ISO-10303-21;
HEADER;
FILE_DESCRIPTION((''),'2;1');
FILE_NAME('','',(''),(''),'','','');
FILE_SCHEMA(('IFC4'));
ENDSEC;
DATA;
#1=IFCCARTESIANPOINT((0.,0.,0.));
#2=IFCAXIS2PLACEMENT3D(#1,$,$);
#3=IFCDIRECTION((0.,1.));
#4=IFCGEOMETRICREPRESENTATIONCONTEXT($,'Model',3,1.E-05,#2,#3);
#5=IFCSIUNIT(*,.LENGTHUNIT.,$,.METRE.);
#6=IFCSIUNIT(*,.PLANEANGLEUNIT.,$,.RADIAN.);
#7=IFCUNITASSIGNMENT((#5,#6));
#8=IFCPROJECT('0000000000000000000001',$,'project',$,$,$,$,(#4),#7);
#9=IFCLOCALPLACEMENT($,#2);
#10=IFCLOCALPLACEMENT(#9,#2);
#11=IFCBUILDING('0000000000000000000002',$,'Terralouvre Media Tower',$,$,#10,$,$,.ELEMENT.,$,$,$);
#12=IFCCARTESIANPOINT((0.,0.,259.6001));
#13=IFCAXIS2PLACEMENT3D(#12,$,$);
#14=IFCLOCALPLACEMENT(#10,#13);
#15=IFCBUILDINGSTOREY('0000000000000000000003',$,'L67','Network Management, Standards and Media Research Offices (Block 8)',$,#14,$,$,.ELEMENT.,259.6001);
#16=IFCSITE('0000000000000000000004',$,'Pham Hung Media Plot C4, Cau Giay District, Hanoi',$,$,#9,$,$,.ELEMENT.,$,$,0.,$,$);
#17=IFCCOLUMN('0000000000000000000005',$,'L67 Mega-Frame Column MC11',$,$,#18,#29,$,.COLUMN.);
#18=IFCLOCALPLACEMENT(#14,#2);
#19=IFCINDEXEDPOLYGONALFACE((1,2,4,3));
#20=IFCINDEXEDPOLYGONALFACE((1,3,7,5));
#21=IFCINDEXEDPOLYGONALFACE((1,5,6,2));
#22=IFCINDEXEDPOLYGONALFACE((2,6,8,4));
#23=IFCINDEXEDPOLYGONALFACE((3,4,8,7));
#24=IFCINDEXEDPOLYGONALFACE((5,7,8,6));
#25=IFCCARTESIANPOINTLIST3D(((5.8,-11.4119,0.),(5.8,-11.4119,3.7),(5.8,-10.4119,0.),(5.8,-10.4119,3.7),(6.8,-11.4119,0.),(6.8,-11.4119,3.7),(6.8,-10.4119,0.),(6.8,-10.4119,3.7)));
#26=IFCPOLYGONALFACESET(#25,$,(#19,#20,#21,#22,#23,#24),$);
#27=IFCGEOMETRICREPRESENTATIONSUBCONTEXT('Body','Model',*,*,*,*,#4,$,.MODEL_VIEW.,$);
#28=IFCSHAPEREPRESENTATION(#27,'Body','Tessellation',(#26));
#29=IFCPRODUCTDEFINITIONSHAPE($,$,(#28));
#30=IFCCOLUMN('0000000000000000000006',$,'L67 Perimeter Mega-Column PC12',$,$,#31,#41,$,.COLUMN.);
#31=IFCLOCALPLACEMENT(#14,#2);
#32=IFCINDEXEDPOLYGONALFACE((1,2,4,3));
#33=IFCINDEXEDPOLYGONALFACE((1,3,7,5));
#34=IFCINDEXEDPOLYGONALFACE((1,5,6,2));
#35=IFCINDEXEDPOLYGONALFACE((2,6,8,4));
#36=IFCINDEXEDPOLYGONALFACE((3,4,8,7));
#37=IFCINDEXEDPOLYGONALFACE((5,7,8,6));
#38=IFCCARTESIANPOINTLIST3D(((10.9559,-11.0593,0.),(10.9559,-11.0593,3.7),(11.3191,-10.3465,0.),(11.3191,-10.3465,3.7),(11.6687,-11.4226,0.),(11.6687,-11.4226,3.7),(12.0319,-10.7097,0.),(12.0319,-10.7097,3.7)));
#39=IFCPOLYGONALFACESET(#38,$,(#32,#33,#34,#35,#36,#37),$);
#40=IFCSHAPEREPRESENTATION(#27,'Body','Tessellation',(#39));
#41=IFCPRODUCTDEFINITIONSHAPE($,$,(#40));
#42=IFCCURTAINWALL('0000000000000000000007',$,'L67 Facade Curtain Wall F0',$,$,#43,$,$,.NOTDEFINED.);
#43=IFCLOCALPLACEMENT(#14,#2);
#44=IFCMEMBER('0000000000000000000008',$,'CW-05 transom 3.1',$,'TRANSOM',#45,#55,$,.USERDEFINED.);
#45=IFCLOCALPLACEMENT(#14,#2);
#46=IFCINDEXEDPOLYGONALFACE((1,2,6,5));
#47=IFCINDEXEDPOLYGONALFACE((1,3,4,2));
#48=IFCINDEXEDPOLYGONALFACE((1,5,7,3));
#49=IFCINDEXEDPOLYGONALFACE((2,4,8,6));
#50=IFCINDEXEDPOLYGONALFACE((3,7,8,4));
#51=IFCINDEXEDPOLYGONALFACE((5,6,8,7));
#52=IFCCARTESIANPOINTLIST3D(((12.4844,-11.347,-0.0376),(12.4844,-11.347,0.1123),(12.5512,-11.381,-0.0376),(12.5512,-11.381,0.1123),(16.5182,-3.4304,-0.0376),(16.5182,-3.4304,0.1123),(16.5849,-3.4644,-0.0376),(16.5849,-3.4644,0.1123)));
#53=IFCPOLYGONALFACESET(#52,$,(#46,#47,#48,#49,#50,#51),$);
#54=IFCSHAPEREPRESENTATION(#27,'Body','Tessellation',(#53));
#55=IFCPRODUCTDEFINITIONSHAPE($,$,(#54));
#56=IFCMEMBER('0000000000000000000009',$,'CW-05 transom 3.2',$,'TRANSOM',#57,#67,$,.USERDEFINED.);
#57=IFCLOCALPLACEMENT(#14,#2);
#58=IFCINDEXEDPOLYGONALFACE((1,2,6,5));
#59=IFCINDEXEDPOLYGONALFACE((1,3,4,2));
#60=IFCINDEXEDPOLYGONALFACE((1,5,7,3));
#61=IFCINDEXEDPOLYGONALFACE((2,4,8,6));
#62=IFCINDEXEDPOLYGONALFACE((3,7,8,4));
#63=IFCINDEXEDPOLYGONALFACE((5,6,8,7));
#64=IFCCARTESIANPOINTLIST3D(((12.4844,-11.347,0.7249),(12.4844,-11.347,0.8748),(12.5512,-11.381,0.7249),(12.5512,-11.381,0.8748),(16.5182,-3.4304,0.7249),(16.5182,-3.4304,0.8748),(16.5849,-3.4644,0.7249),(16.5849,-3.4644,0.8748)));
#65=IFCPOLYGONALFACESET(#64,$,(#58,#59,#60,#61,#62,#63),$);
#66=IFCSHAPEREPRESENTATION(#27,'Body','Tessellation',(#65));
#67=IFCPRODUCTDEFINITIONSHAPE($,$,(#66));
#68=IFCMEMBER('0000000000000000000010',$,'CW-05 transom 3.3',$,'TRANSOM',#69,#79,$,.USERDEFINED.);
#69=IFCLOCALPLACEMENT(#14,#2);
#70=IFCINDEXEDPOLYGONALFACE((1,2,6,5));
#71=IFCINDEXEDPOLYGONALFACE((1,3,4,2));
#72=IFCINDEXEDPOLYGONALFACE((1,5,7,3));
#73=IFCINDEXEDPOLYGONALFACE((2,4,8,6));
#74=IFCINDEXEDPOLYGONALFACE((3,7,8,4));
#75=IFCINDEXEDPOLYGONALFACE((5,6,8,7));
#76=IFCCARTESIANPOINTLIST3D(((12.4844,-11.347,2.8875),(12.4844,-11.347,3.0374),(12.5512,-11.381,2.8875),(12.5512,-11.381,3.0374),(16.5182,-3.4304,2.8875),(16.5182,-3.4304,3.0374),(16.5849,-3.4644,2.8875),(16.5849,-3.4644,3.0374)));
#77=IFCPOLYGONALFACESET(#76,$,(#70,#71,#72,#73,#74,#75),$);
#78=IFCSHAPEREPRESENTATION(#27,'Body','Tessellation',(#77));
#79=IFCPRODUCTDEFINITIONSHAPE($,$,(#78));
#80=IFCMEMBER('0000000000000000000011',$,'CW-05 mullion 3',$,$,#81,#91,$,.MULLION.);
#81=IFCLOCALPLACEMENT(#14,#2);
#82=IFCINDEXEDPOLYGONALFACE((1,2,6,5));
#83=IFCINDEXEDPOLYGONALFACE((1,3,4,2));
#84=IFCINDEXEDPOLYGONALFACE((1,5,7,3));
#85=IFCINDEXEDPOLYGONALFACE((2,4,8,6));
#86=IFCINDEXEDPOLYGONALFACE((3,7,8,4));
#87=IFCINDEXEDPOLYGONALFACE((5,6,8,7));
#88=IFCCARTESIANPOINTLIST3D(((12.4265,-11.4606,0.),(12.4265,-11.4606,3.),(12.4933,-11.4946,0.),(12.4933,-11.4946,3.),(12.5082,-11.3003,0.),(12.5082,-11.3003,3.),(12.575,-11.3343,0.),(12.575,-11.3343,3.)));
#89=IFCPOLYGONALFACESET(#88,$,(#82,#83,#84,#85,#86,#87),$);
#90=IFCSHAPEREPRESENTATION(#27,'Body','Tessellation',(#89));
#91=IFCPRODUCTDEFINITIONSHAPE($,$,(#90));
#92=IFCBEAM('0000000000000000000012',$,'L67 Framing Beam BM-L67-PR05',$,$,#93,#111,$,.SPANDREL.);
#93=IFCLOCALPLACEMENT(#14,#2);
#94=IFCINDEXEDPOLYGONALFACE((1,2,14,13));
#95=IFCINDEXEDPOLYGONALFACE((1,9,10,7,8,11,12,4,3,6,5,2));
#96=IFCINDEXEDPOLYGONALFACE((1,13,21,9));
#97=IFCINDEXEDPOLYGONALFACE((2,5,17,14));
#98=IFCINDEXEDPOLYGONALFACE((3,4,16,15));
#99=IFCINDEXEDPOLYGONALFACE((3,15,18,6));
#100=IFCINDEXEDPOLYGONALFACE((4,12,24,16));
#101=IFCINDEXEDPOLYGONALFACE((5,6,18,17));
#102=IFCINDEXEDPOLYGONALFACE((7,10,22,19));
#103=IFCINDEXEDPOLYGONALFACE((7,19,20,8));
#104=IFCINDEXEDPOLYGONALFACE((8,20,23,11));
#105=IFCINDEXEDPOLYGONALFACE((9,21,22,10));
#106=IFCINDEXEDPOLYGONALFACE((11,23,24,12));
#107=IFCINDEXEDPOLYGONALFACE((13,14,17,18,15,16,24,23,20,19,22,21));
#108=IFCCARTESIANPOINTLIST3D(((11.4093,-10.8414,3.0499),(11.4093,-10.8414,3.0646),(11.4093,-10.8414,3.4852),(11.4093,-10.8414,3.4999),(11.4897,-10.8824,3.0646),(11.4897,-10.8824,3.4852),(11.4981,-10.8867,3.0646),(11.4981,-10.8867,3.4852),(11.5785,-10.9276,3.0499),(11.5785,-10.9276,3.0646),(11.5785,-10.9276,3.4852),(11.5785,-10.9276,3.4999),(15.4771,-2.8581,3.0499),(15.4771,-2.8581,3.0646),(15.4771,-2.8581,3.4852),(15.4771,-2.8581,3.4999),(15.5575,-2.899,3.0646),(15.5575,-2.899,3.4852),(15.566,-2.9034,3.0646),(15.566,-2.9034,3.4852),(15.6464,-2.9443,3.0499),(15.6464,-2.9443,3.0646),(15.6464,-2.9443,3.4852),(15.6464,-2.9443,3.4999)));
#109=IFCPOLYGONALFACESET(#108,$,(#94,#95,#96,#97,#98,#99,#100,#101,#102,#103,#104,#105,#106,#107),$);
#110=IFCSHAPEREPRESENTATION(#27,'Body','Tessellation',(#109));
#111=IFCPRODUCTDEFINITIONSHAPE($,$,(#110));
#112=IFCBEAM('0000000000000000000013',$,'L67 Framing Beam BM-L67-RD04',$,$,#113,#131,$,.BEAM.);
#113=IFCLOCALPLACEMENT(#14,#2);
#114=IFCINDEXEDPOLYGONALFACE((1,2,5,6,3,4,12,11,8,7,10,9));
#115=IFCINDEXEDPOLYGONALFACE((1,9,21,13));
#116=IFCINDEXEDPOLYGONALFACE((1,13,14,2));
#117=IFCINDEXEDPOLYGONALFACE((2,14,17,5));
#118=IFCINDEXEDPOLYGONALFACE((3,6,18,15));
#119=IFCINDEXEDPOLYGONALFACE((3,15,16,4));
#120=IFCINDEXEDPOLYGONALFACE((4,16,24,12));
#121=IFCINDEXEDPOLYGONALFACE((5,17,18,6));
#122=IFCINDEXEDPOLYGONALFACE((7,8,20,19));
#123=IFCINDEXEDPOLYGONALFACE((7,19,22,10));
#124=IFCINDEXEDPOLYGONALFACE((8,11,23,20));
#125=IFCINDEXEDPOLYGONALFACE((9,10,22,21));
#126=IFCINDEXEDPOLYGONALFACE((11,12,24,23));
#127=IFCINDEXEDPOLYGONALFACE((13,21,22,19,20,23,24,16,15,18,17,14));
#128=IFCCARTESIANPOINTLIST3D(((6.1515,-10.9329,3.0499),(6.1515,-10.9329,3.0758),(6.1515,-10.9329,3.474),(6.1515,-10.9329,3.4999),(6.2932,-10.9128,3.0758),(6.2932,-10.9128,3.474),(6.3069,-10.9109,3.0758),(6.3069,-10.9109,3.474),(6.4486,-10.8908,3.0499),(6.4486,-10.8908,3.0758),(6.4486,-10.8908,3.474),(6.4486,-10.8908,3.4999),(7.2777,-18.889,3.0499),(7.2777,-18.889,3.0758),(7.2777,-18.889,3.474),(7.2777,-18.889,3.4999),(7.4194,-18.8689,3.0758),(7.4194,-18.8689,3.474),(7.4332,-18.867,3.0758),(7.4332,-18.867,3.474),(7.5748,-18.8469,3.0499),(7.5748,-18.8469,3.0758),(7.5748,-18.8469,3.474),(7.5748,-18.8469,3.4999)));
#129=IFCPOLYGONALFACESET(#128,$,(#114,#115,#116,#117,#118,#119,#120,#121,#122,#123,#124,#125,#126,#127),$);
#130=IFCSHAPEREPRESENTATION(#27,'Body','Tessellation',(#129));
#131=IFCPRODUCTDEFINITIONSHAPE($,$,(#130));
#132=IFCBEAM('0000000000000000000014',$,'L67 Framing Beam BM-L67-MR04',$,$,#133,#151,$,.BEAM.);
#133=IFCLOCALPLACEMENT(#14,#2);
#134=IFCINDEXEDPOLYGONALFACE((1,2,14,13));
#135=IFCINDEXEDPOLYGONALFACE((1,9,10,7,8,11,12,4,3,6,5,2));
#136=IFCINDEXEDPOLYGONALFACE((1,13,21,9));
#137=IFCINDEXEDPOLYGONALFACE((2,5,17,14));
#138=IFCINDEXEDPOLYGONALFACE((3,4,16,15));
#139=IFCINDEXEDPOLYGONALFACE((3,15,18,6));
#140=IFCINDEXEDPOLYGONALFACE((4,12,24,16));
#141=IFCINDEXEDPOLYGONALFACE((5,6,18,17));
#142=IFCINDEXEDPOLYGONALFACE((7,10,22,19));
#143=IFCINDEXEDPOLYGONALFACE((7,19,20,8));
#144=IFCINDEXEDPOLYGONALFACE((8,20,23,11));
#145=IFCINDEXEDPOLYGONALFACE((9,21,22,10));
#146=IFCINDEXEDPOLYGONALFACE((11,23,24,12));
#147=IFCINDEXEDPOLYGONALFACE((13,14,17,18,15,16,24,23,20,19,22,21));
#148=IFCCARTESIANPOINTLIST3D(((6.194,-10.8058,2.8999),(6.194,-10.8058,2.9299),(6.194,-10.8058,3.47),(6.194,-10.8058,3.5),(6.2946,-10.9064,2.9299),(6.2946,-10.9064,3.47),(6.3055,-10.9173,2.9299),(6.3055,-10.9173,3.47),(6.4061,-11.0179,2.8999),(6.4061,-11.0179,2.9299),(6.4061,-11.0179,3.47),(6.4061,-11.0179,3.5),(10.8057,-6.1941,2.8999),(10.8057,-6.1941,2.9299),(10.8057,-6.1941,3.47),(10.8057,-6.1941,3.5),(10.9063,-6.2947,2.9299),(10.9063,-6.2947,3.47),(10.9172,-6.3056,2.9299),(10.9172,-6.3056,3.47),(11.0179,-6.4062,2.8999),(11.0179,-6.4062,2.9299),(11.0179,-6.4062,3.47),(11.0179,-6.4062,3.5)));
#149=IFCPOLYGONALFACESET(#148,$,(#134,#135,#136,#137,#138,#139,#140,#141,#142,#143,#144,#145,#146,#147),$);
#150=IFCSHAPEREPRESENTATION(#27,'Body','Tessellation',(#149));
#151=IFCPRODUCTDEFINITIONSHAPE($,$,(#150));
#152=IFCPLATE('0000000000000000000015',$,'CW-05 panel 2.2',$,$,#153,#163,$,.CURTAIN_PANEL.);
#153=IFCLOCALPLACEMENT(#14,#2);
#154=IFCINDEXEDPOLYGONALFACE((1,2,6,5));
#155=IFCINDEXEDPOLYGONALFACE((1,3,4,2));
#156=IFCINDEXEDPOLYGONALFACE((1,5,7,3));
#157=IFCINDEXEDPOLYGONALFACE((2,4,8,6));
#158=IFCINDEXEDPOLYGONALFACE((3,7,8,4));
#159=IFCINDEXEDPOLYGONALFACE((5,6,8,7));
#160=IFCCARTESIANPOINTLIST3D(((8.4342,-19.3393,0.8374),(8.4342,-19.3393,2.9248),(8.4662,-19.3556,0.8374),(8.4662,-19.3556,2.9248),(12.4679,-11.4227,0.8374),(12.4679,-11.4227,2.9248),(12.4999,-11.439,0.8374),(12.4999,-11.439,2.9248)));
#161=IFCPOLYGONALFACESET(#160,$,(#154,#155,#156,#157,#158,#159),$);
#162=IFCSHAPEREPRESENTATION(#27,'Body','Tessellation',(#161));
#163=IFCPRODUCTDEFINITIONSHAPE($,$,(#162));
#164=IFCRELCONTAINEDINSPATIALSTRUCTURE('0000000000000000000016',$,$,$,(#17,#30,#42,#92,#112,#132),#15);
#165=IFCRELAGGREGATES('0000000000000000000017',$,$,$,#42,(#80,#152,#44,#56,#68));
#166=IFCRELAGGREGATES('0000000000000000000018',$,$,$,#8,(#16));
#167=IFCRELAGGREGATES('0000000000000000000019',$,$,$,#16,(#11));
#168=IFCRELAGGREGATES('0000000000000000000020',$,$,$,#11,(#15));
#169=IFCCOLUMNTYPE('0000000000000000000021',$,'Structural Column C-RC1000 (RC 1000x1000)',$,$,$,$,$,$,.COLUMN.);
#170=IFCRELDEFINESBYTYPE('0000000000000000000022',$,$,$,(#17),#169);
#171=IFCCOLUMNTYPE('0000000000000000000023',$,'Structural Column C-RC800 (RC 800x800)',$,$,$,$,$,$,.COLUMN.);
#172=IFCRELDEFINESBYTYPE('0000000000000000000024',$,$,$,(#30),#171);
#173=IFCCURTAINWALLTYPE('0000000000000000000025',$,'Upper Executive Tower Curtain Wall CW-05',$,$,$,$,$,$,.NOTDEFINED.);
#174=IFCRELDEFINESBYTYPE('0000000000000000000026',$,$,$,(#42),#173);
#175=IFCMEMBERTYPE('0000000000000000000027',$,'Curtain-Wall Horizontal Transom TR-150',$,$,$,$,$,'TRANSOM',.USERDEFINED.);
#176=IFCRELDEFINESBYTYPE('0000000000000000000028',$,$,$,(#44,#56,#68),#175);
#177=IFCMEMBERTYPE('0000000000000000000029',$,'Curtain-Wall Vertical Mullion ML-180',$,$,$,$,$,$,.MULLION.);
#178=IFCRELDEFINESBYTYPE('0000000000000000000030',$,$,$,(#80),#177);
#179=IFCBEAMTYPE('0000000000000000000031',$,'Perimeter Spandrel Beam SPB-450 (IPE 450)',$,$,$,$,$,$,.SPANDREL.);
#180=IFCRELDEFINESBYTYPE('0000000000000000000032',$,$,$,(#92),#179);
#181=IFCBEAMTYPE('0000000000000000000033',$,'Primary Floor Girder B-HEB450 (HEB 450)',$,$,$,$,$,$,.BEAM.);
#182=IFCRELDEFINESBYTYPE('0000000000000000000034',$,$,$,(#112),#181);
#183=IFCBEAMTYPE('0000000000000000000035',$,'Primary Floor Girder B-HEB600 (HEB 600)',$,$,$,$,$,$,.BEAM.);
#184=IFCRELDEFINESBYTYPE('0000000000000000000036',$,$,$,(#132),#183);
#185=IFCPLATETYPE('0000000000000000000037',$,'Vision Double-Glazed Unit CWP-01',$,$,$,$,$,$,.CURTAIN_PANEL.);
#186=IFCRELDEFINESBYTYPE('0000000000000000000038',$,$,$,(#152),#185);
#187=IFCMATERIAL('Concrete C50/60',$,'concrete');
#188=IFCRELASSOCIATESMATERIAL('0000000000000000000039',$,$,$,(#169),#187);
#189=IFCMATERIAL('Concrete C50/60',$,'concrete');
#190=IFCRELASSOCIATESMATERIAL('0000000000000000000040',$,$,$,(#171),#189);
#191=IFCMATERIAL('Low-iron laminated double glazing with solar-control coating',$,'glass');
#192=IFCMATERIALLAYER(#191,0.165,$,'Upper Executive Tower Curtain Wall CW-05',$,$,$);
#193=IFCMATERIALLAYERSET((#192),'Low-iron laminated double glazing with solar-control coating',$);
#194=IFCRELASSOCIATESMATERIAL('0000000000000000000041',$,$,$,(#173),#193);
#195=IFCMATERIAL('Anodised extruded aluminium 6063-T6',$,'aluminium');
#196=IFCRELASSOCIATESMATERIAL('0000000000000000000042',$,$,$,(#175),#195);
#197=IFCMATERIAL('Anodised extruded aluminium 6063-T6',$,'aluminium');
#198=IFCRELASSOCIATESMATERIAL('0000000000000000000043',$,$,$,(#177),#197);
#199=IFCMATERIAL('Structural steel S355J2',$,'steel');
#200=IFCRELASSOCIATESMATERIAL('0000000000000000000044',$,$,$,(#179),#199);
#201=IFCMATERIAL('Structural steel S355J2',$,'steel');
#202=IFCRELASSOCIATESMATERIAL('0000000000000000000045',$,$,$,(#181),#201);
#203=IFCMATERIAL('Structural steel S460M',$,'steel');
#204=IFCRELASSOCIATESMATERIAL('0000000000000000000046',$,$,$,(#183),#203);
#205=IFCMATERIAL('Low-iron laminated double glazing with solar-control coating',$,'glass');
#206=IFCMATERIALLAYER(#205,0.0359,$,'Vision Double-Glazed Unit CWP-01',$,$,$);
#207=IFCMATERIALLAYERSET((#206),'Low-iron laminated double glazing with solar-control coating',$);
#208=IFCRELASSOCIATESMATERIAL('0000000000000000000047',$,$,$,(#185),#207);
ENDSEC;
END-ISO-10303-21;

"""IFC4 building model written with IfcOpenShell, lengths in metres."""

from ifc_helpers import new_model, si_unit, direction, frame, origin, origin_2d, place, context, subcontext, project, spatial, rectangle, i_section, extrude, material, layer, layer_set, material_profile, profile_set, type_object, element, aggregate, save


model = new_model("IFC4")

# Units and contexts
model_context = context("Model", 3, precision=1e-05, world=origin(), true_north=direction((0.0, 1.0)))
body_context = subcontext(model_context, "Body", "Model", "MODEL_VIEW")
ifc_project = project(units=[si_unit("LENGTHUNIT", "METRE"), si_unit("PLANEANGLEUNIT", "RADIAN")], contexts=[model_context])

# Site, building, storey
site_placement = place(None, origin())
site = spatial("IfcSite", under=ifc_project, at=site_placement, Name="Pham Hung Media Plot C4, Cau Giay District, Hanoi", CompositionType="ELEMENT", RefElevation=0.0)
building_placement = place(site_placement, origin())
building = spatial("IfcBuilding", under=site, at=building_placement, Name="Terralouvre Media Tower", CompositionType="ELEMENT")
storey_placement = place(building_placement, frame((0.0, 0.0, 259.6001)))
storey = spatial("IfcBuildingStorey", under=building, at=storey_placement, Name="L67", Description="Network Management, Standards and Media Research Offices (Block 8)", CompositionType="ELEMENT", Elevation=259.6001)

# Columns
ifc_material_1 = material(Name="Concrete C50/60", Category="concrete")
ifc_material_profile_1 = material_profile(ifc_material_1, rectangle(XDim=1.0, YDim=1.0, at=origin_2d()), Name="RC 1000x1000")
ifc_profile_set_1 = profile_set([ifc_material_profile_1], Name="Concrete C50/60")
column_type_1 = type_object("IfcColumnType", Name="Structural Column C-RC1000 (RC 1000x1000)", PredefinedType="COLUMN", material=ifc_profile_set_1)
column_1_placement = place(storey_placement, frame((6.3, -10.9119, 0.0), z_axis=(0.0, 0.0, 1.0), x_axis=(1.0, 0.0, 0.0)))
element("IfcColumn", 1, at=column_1_placement, inside=storey, type_object=column_type_1, Name="L67 Mega-Frame Column MC11", PredefinedType="COLUMN", context=body_context, shape_type="SweptSolid", body=[
    extrude(rectangle(XDim=1.0, YDim=1.0, at=origin_2d()), origin(), (0.0, 0.0, 1.0), 3.7),
])
ifc_material_2 = material(Name="Concrete C50/60", Category="concrete")
ifc_material_profile_2 = material_profile(ifc_material_2, rectangle(XDim=0.8, YDim=0.8, at=origin_2d()), Name="RC 800x800")
ifc_profile_set_2 = profile_set([ifc_material_profile_2], Name="Concrete C50/60")
column_type_2 = type_object("IfcColumnType", Name="Structural Column C-RC800 (RC 800x800)", PredefinedType="COLUMN", material=ifc_profile_set_2)
column_2_placement = place(storey_placement, frame((11.4939, -10.8845, 0.0), z_axis=(0.0, 0.0, 1.0), x_axis=(0.45399, 0.891007, 0.0)))
element("IfcColumn", 2, at=column_2_placement, inside=storey, type_object=column_type_2, Name="L67 Perimeter Mega-Column PC12", PredefinedType="COLUMN", context=body_context, shape_type="SweptSolid", body=[
    extrude(rectangle(XDim=0.8, YDim=0.8, at=origin_2d()), origin(), (0.0, 0.0, 1.0), 3.7),
])

# Curtain wall, members
ifc_material_3 = material(Name="Low-iron laminated double glazing with solar-control coating", Category="glass")
ifc_layer_1 = layer(ifc_material_3, 0.165, Name="Upper Executive Tower Curtain Wall CW-05")
ifc_layer_set_1 = layer_set([ifc_layer_1], Name="Low-iron laminated double glazing with solar-control coating")
curtain_wall_type = type_object("IfcCurtainWallType", Name="Upper Executive Tower Curtain Wall CW-05", PredefinedType="NOTDEFINED", material=ifc_layer_set_1)
curtain_wall_placement = place(storey_placement, origin())
curtain_wall = element("IfcCurtainWall", 3, at=curtain_wall_placement, inside=storey, type_object=curtain_wall_type, Name="L67 Facade Curtain Wall F0", PredefinedType="NOTDEFINED")
ifc_material_4 = material(Name="Anodised extruded aluminium 6063-T6", Category="aluminium")
ifc_material_profile_3 = material_profile(ifc_material_4, rectangle(XDim=0.075, YDim=0.1499, at=origin_2d()), Name="ALU 75x150")
ifc_profile_set_3 = profile_set([ifc_material_profile_3], Name="Anodised extruded aluminium 6063-T6")
member_type_1 = type_object("IfcMemberType", Name="Curtain-Wall Horizontal Transom TR-150", ElementType="TRANSOM", PredefinedType="USERDEFINED", material=ifc_profile_set_3)
member_1_placement = place(storey_placement, frame((12.5178, -11.364, 0.0374), z_axis=(0.453993, 0.891005, 0.0), x_axis=(-0.891005, 0.453993, 0.0)))
member_1 = element("IfcMember", 4, at=member_1_placement, type_object=member_type_1, Name="CW-05 transom 3.1", ObjectType="TRANSOM", PredefinedType="USERDEFINED", context=body_context, shape_type="SweptSolid", body=[
    extrude(rectangle(XDim=0.075, YDim=0.1499, at=origin_2d()), origin(), (0.0, 0.0, 1.0), 8.885),
])
member_2_placement = place(storey_placement, frame((12.5178, -11.364, 0.7998), z_axis=(0.453993, 0.891005, 0.0), x_axis=(-0.891005, 0.453993, 0.0)))
member_2 = element("IfcMember", 5, at=member_2_placement, type_object=member_type_1, Name="CW-05 transom 3.2", ObjectType="TRANSOM", PredefinedType="USERDEFINED", context=body_context, shape_type="SweptSolid", body=[
    extrude(rectangle(XDim=0.075, YDim=0.1499, at=origin_2d()), origin(), (0.0, 0.0, 1.0), 8.885),
])
member_3_placement = place(storey_placement, frame((12.5178, -11.364, 2.9624), z_axis=(0.453993, 0.891005, 0.0), x_axis=(-0.891005, 0.453993, 0.0)))
member_3 = element("IfcMember", 6, at=member_3_placement, type_object=member_type_1, Name="CW-05 transom 3.3", ObjectType="TRANSOM", PredefinedType="USERDEFINED", context=body_context, shape_type="SweptSolid", body=[
    extrude(rectangle(XDim=0.075, YDim=0.1499, at=origin_2d()), origin(), (0.0, 0.0, 1.0), 8.885),
])
ifc_material_5 = material(Name="Anodised extruded aluminium 6063-T6", Category="aluminium")
ifc_material_profile_4 = material_profile(ifc_material_5, rectangle(XDim=0.075, YDim=0.1799, at=origin_2d()), Name="ALU 75x180")
ifc_profile_set_4 = profile_set([ifc_material_profile_4], Name="Anodised extruded aluminium 6063-T6")
member_type_2 = type_object("IfcMemberType", Name="Curtain-Wall Vertical Mullion ML-180", PredefinedType="MULLION", material=ifc_profile_set_4)
member_4_placement = place(storey_placement, frame((12.5007, -11.3975, 0.0), z_axis=(0.0, 0.0, 1.0), x_axis=(-0.891007, 0.45399, 0.0)))
member_4 = element("IfcMember", 7, at=member_4_placement, type_object=member_type_2, Name="CW-05 mullion 3", PredefinedType="MULLION", context=body_context, shape_type="SweptSolid", body=[
    extrude(rectangle(XDim=0.075, YDim=0.1799, at=origin_2d()), origin(), (0.0, 0.0, 1.0), 3.0),
])

# Beams
ifc_material_6 = material(Name="Structural steel S355J2", Category="steel")
ifc_material_profile_5 = material_profile(ifc_material_6, i_section(OverallWidth=0.1899, OverallDepth=0.45, WebThickness=0.0095, FlangeThickness=0.0146, at=origin_2d()), Name="IPE 450")
ifc_profile_set_5 = profile_set([ifc_material_profile_5], Name="Structural steel S355J2")
beam_type_1 = type_object("IfcBeamType", Name="Perimeter Spandrel Beam SPB-450 (IPE 450)", PredefinedType="SPANDREL", material=ifc_profile_set_5)
beam_1_placement = place(storey_placement, frame((11.4939, -10.8845, 3.2749), z_axis=(0.454002, 0.891001, 0.0), x_axis=(-0.891001, 0.454002, 0.0)))
element("IfcBeam", 8, at=beam_1_placement, inside=storey, type_object=beam_type_1, Name="L67 Framing Beam BM-L67-PR05", PredefinedType="SPANDREL", context=body_context, shape_type="SweptSolid", body=[
    extrude(i_section(OverallWidth=0.1899, OverallDepth=0.45, WebThickness=0.0095, FlangeThickness=0.0146, at=origin_2d()), origin(), (0.0, 0.0, 1.0), 8.96),
])
ifc_material_7 = material(Name="Structural steel S355J2", Category="steel")
ifc_material_profile_6 = material_profile(ifc_material_7, i_section(OverallWidth=0.3, OverallDepth=0.45, WebThickness=0.0139, FlangeThickness=0.0259, at=origin_2d()), Name="HEB 450")
ifc_profile_set_6 = profile_set([ifc_material_profile_6], Name="Structural steel S355J2")
beam_type_2 = type_object("IfcBeamType", Name="Primary Floor Girder B-HEB450 (HEB 450)", PredefinedType="BEAM", material=ifc_profile_set_6)
beam_2_placement = place(storey_placement, frame((6.3, -10.9119, 3.2749), z_axis=(0.140158, -0.990129, 0.0), x_axis=(0.990129, 0.140158, 0.0)))
element("IfcBeam", 9, at=beam_2_placement, inside=storey, type_object=beam_type_2, Name="L67 Framing Beam BM-L67-RD04", PredefinedType="BEAM", context=body_context, shape_type="SweptSolid", body=[
    extrude(i_section(OverallWidth=0.3, OverallDepth=0.45, WebThickness=0.0139, FlangeThickness=0.0259, at=origin_2d()), origin(), (0.0, 0.0, 1.0), 8.0354),
])
ifc_material_8 = material(Name="Structural steel S460M", Category="steel")
ifc_material_profile_7 = material_profile(ifc_material_8, i_section(OverallWidth=0.3, OverallDepth=0.6001, WebThickness=0.0154, FlangeThickness=0.03, at=origin_2d()), Name="HEB 600")
ifc_profile_set_7 = profile_set([ifc_material_profile_7], Name="Structural steel S460M")
beam_type_3 = type_object("IfcBeamType", Name="Primary Floor Girder B-HEB600 (HEB 600)", PredefinedType="BEAM", material=ifc_profile_set_7)
beam_3_placement = place(storey_placement, frame((6.3, -10.9119, 3.2), z_axis=(0.707107, 0.707107, 0.0), x_axis=(-0.707107, 0.707107, 0.0)))
element("IfcBeam", 10, at=beam_3_placement, inside=storey, type_object=beam_type_3, Name="L67 Framing Beam BM-L67-MR04", PredefinedType="BEAM", context=body_context, shape_type="SweptSolid", body=[
    extrude(i_section(OverallWidth=0.3, OverallDepth=0.6001, WebThickness=0.0154, FlangeThickness=0.03, at=origin_2d()), origin(), (0.0, 0.0, 1.0), 6.522),
])

# Plate
ifc_material_9 = material(Name="Low-iron laminated double glazing with solar-control coating", Category="glass")
ifc_layer_2 = layer(ifc_material_9, 0.0359, Name="Vision Double-Glazed Unit CWP-01")
ifc_layer_set_2 = layer_set([ifc_layer_2], Name="Low-iron laminated double glazing with solar-control coating")
plate_type = type_object("IfcPlateType", Name="Vision Double-Glazed Unit CWP-01", PredefinedType="CURTAIN_PANEL", material=ifc_layer_set_2)
plate_placement = place(storey_placement, frame((10.467, -15.3892, 0.8374), z_axis=(0.0, 0.0, 1.0), x_axis=(0.45399, 0.891007, 0.0)))
plate = element("IfcPlate", 11, at=plate_placement, type_object=plate_type, Name="CW-05 panel 2.2", PredefinedType="CURTAIN_PANEL", context=body_context, shape_type="SweptSolid", body=[
    extrude(rectangle(XDim=8.885, YDim=0.0359, at=origin_2d()), origin(), (0.0, 0.0, 1.0), 2.0874),
])
aggregate(curtain_wall, [member_4, plate, member_1, member_2, member_3])

save(model, "model.ifc")
